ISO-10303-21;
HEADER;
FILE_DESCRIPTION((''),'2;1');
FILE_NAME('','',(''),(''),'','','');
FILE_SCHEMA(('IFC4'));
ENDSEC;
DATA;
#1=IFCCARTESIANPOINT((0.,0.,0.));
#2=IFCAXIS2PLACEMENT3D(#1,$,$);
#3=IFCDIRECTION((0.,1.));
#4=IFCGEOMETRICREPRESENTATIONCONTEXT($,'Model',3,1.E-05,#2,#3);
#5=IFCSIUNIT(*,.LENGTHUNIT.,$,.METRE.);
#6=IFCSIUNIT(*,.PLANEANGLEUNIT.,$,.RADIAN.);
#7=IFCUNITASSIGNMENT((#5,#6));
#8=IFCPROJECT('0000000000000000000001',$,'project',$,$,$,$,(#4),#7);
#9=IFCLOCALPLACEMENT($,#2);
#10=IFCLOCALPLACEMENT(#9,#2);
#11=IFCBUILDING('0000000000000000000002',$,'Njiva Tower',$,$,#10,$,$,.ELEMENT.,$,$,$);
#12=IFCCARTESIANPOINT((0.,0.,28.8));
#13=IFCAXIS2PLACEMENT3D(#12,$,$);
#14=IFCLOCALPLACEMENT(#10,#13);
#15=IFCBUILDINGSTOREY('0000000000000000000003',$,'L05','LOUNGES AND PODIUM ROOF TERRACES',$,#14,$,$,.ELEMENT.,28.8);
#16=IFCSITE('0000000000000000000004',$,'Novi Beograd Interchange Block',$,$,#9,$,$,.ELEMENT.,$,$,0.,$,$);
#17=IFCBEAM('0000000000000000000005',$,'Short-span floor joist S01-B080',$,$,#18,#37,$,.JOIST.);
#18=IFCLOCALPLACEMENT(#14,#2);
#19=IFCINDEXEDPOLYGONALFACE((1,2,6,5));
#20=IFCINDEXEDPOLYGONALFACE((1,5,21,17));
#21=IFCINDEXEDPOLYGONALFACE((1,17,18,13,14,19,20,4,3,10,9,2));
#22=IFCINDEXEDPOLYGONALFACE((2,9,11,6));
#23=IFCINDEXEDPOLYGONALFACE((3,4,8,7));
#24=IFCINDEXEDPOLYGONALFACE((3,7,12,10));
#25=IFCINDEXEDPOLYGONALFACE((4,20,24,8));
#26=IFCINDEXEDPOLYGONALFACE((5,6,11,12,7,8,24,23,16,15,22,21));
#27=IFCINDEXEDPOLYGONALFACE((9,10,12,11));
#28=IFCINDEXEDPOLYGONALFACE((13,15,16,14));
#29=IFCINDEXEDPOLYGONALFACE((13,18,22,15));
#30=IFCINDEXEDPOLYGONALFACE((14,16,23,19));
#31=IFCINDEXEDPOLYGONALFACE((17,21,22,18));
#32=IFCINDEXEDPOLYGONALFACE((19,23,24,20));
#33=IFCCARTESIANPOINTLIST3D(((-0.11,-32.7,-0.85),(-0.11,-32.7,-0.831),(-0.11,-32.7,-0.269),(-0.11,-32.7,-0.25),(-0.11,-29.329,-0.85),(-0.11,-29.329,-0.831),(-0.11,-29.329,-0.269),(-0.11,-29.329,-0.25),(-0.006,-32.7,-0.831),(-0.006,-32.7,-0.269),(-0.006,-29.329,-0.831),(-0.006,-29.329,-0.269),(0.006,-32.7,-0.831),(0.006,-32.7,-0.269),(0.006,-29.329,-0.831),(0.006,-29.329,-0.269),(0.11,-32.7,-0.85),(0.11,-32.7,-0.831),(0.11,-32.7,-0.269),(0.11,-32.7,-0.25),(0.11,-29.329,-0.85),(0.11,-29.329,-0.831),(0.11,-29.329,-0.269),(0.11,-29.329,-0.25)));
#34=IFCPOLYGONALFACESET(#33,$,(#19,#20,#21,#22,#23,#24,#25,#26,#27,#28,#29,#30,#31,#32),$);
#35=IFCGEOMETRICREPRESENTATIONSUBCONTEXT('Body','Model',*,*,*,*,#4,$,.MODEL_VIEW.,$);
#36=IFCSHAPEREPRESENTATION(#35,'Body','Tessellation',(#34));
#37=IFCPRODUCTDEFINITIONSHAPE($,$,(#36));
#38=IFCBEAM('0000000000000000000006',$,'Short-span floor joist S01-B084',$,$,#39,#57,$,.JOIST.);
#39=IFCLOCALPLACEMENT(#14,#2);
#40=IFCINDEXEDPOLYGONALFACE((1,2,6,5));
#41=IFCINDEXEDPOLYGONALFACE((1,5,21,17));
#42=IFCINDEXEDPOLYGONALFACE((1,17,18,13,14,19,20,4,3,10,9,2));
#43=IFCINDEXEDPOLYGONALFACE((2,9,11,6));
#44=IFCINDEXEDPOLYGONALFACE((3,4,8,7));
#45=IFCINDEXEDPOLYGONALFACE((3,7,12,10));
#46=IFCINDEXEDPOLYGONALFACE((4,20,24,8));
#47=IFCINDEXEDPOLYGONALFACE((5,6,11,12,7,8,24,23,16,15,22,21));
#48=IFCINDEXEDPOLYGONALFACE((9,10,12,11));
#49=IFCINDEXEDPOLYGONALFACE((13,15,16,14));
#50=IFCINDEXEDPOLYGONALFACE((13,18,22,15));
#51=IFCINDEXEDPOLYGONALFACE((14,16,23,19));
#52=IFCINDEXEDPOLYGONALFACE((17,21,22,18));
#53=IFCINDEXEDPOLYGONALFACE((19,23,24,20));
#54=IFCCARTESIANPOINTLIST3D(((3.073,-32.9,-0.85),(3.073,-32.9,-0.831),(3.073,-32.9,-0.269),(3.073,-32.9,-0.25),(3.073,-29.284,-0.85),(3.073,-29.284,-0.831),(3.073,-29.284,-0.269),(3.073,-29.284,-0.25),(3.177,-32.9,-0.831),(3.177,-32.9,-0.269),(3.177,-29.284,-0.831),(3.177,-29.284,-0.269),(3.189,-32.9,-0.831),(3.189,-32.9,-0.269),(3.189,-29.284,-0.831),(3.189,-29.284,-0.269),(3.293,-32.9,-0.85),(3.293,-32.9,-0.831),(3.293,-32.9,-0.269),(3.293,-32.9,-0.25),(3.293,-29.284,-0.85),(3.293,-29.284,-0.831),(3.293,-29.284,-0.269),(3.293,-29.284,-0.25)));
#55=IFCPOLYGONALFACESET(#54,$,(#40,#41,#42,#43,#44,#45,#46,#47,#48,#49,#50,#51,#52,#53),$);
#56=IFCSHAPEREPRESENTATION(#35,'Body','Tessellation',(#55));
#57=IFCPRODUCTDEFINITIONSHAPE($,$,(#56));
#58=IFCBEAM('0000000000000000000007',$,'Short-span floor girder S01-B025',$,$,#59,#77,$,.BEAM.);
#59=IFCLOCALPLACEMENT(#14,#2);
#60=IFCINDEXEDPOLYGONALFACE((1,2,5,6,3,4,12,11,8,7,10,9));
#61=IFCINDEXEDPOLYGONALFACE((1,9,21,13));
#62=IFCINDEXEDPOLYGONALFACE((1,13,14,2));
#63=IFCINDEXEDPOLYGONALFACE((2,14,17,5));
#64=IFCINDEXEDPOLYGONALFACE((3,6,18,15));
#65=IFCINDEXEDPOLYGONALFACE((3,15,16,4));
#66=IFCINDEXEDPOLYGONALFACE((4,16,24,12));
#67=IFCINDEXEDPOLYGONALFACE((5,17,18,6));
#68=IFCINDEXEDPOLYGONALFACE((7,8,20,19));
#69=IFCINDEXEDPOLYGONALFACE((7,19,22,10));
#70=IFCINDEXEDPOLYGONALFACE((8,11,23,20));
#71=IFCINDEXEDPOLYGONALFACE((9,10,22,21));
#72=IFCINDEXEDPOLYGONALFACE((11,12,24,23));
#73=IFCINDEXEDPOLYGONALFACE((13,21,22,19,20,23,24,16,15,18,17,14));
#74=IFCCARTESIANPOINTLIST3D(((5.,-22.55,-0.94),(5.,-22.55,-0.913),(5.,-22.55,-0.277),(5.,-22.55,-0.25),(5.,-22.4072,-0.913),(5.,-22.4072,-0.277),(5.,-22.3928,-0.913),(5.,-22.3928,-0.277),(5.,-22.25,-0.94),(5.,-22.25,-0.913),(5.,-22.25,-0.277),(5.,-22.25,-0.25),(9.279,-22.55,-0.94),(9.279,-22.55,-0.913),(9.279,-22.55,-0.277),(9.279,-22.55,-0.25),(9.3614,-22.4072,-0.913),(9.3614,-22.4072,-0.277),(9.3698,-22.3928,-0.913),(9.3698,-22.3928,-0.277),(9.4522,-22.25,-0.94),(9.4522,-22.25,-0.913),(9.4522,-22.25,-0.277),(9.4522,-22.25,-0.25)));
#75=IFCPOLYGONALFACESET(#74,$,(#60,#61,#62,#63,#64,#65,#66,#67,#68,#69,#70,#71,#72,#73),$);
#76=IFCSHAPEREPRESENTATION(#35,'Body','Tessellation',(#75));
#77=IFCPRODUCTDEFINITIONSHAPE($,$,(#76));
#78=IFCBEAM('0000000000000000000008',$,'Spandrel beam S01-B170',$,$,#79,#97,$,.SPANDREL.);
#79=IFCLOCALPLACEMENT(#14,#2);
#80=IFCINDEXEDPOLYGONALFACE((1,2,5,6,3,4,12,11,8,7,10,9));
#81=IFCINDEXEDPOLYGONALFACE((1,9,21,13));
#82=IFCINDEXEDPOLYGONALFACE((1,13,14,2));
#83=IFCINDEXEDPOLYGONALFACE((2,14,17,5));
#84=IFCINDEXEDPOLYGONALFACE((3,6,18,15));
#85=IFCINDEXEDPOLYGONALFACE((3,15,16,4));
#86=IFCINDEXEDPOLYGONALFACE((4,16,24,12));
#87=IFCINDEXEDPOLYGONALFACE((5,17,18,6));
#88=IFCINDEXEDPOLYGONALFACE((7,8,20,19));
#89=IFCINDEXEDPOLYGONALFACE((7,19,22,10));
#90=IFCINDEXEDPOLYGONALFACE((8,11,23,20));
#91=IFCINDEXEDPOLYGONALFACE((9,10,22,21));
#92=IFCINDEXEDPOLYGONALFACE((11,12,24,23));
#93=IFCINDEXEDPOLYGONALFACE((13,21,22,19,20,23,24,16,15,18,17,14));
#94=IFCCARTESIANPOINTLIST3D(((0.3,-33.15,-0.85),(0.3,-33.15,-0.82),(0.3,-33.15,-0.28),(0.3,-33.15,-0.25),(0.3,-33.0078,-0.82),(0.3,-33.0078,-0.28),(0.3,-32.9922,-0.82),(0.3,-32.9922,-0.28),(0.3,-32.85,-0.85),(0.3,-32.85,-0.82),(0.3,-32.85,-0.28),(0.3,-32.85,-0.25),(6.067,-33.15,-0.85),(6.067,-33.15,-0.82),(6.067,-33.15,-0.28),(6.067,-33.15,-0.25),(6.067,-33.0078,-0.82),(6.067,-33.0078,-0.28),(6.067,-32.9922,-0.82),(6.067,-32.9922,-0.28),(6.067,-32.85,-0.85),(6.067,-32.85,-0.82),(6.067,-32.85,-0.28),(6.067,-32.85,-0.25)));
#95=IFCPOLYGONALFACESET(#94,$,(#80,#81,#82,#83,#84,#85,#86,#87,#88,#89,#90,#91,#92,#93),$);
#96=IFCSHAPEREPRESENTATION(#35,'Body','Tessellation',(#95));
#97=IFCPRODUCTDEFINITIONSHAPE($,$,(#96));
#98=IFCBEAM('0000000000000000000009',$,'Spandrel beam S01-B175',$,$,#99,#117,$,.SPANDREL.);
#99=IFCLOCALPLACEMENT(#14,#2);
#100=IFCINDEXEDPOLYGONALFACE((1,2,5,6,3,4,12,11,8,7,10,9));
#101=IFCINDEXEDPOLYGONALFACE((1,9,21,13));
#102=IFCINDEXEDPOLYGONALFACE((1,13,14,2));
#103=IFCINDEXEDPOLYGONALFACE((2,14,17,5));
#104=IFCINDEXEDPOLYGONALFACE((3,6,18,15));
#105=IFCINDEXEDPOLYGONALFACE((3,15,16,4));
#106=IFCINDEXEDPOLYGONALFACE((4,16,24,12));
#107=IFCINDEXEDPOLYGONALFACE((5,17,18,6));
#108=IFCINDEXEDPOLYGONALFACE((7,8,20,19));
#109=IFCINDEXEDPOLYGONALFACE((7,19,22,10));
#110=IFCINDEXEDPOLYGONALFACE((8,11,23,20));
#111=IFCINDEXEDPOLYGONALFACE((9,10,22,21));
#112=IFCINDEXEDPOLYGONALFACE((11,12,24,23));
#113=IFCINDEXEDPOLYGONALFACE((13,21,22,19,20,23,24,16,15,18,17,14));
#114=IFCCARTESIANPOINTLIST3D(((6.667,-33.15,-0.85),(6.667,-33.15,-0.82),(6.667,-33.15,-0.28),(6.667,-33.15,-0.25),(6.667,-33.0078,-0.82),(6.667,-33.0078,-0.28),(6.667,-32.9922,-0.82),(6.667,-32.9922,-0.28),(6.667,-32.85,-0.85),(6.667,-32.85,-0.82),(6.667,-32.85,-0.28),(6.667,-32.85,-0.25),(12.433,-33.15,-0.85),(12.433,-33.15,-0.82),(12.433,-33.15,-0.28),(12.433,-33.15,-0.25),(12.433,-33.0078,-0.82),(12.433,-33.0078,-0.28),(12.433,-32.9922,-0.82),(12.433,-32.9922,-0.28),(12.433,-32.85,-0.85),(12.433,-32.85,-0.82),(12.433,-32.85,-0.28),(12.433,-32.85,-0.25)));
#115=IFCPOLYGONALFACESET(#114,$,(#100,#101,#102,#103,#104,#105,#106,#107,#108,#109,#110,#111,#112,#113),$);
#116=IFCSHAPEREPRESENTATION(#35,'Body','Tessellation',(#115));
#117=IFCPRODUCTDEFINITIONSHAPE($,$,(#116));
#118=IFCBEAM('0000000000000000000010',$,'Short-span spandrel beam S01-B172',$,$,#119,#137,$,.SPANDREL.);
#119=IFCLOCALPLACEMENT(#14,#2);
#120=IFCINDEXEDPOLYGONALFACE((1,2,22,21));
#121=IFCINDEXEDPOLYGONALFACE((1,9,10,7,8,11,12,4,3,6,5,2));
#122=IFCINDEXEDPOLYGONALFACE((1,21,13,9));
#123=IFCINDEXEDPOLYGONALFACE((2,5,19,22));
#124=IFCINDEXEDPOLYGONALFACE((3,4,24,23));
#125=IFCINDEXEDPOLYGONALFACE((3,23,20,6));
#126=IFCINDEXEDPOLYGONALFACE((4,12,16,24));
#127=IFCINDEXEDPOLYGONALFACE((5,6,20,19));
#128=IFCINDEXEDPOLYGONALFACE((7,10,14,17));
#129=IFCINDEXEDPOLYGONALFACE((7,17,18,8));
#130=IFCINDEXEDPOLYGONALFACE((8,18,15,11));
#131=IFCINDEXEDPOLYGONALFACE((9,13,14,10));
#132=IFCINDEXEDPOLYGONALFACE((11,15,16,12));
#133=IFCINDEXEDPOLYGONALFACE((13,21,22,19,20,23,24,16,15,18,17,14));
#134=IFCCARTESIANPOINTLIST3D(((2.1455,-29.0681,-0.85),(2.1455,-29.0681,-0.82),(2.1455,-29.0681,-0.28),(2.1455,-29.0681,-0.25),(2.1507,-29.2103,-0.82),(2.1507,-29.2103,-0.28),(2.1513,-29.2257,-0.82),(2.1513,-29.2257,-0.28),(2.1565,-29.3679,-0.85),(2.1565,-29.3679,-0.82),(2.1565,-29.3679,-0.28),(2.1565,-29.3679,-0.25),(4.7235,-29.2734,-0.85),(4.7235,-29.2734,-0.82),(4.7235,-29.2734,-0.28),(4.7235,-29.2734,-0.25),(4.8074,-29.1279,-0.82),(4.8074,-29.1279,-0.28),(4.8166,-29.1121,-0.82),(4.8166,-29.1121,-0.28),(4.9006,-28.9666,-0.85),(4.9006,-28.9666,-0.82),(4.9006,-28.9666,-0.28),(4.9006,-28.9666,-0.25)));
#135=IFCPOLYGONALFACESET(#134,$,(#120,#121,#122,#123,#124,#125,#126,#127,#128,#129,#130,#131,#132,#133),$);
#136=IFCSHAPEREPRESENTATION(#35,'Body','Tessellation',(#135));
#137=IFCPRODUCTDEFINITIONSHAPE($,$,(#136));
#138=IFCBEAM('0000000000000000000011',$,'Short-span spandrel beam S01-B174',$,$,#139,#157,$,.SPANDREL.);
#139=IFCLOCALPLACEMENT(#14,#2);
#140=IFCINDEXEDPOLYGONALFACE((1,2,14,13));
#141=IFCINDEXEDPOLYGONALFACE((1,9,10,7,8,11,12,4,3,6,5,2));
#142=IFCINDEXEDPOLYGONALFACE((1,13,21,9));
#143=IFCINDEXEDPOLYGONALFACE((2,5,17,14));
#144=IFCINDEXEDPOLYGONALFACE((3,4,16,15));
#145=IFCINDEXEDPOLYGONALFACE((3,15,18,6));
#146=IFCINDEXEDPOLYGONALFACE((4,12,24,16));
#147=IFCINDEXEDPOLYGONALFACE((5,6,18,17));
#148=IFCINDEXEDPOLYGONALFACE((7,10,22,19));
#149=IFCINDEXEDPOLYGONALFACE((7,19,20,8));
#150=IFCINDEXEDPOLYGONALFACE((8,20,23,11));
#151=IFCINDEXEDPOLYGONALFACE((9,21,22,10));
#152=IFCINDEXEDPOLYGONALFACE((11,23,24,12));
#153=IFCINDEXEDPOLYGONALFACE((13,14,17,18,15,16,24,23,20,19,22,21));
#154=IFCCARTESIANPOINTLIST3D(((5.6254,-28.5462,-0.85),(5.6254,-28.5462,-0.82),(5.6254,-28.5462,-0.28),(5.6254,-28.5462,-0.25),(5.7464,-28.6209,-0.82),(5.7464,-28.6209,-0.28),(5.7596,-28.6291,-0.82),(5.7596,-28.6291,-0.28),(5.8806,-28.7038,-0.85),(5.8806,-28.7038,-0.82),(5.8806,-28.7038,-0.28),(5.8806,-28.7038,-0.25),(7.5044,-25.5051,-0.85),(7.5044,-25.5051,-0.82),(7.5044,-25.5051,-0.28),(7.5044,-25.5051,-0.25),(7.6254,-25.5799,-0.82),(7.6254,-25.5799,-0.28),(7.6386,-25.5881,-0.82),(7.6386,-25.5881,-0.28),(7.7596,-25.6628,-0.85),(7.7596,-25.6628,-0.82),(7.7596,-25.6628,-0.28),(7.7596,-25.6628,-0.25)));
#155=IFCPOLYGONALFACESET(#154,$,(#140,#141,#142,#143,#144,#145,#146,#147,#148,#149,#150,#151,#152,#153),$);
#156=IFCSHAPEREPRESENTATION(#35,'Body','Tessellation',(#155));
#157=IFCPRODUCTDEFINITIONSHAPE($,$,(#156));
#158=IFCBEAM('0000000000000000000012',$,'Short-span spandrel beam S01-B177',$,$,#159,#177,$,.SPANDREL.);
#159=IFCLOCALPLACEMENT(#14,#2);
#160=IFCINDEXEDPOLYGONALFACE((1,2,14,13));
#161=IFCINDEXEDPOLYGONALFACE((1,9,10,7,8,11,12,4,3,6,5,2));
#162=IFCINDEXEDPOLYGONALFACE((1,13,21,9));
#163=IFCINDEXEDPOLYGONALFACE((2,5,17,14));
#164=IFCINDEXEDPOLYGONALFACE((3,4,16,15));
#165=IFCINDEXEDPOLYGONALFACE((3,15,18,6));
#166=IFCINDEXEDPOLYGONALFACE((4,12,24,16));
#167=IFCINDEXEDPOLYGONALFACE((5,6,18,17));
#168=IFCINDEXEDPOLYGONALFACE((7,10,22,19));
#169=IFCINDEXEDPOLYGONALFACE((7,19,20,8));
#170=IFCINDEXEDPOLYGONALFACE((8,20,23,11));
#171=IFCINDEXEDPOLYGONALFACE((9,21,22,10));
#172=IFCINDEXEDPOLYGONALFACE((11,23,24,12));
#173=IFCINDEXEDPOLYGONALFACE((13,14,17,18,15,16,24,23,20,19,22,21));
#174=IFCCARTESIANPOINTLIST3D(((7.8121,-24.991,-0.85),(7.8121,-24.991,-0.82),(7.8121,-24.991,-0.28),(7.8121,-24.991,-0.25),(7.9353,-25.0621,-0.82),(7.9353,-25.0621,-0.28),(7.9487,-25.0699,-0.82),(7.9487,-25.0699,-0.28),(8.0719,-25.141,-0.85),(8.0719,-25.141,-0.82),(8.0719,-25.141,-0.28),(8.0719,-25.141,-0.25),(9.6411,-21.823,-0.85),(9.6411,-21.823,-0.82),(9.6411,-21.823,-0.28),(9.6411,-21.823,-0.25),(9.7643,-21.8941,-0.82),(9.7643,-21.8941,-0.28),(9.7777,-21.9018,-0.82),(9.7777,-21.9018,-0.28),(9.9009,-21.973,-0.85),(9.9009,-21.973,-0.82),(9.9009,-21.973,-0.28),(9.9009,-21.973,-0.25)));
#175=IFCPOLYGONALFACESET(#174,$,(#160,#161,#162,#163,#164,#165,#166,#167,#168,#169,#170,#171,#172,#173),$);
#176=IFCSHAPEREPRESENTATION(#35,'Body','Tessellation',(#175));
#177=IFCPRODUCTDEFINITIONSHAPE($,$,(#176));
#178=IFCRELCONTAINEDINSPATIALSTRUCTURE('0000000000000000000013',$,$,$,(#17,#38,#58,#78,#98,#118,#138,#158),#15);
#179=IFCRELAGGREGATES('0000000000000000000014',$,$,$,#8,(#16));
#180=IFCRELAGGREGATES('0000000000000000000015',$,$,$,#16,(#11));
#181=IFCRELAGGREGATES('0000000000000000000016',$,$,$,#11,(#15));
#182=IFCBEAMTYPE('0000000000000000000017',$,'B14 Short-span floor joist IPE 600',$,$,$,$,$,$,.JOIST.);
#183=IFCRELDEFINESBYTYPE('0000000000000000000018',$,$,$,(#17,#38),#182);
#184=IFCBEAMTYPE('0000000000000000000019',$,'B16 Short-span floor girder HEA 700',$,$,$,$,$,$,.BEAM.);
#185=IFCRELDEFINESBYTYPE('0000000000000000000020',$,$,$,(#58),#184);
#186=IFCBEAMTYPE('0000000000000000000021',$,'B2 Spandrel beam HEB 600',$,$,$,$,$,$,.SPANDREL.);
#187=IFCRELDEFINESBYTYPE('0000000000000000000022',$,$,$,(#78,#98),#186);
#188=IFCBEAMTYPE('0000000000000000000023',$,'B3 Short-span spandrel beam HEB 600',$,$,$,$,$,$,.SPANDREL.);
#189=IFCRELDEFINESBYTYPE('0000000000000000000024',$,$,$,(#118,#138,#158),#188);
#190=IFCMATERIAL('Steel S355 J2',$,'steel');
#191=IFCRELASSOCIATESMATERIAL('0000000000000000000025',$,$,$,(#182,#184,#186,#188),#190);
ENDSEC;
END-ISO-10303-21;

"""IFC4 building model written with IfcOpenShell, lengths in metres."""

from ifc_helpers import new_model, si_unit, direction, frame, origin, origin_2d, place, context, subcontext, project, spatial, i_section, extrude, clip, halfspace, material, material_profile, profile_set, type_object, element, save


model = new_model("IFC4")

# Units and contexts
model_context = context("Model", 3, precision=1e-05, world=origin(), true_north=direction((0.0, 1.0)))
body_context = subcontext(model_context, "Body", "Model", "MODEL_VIEW")
ifc_project = project(units=[si_unit("LENGTHUNIT", "METRE"), si_unit("PLANEANGLEUNIT", "RADIAN")], contexts=[model_context])

# Site, building, storey
site_placement = place(None, origin())
site = spatial("IfcSite", under=ifc_project, at=site_placement, Name="Novi Beograd Interchange Block", CompositionType="ELEMENT", RefElevation=0.0)
building_placement = place(site_placement, origin())
building = spatial("IfcBuilding", under=site, at=building_placement, Name="Njiva Tower", CompositionType="ELEMENT")
storey_placement = place(building_placement, frame((0.0, 0.0, 28.8)))
storey = spatial("IfcBuildingStorey", under=building, at=storey_placement, Name="L05", Description="LOUNGES AND PODIUM ROOF TERRACES", CompositionType="ELEMENT", Elevation=28.8)

# Shared definitions
ifc_material_1 = material(Name="Steel S355 J2", Category="steel")

# Beams
ifc_material_profile_1 = material_profile(ifc_material_1, i_section(OverallWidth=0.22, OverallDepth=0.6, WebThickness=0.012, FlangeThickness=0.019, at=origin_2d()), Name="IPE 600")
ifc_profile_set_1 = profile_set([ifc_material_profile_1], Name="Steel S355 J2")
beam_type_1 = type_object("IfcBeamType", Name="B14 Short-span floor joist IPE 600", PredefinedType="JOIST", material=ifc_profile_set_1)
beam_1_placement = place(storey_placement, frame((0.0, -29.329, -0.55), z_axis=(0.0, -1.0, 0.0), x_axis=(1.0, 0.0, 0.0)))
element("IfcBeam", 1, at=beam_1_placement, inside=storey, type_object=beam_type_1, Name="Short-span floor joist S01-B080", PredefinedType="JOIST", context=body_context, shape_type="SweptSolid", body=[
    extrude(i_section(OverallWidth=0.22, OverallDepth=0.6, WebThickness=0.012, FlangeThickness=0.019, at=origin_2d()), origin(), (0.0, 0.0, 1.0), 3.371),
])
beam_2_placement = place(storey_placement, frame((3.183, -29.284, -0.55), z_axis=(0.0, -1.0, 0.0), x_axis=(1.0, 0.0, 0.0)))
element("IfcBeam", 2, at=beam_2_placement, inside=storey, type_object=beam_type_1, Name="Short-span floor joist S01-B084", PredefinedType="JOIST", context=body_context, shape_type="SweptSolid", body=[
    extrude(i_section(OverallWidth=0.22, OverallDepth=0.6, WebThickness=0.012, FlangeThickness=0.019, at=origin_2d()), origin(), (0.0, 0.0, 1.0), 3.616),
])
ifc_material_profile_2 = material_profile(ifc_material_1, i_section(OverallWidth=0.3, OverallDepth=0.69, WebThickness=0.0145, FlangeThickness=0.027, at=origin_2d()), Name="HEA 700")
ifc_profile_set_2 = profile_set([ifc_material_profile_2], Name="Steel S355 J2")
beam_type_2 = type_object("IfcBeamType", Name="B16 Short-span floor girder HEA 700", PredefinedType="BEAM", material=ifc_profile_set_2)
beam_3_placement = place(storey_placement, frame((5.0, -22.4, -0.595), z_axis=(1.0, 0.0, 0.0), x_axis=(0.0, 1.0, 0.0)))
element("IfcBeam", 3, at=beam_3_placement, inside=storey, type_object=beam_type_2, Name="Short-span floor girder S01-B025", PredefinedType="BEAM", context=body_context, shape_type="Clipping", body=[
    clip(extrude(i_section(OverallWidth=0.3, OverallDepth=0.69, WebThickness=0.0145, FlangeThickness=0.027, at=origin_2d()), origin(), (0.0, 0.0, 1.0), 4.473), halfspace(frame((-0.025, 0.0, 4.3512), z_axis=(-0.499998, 0.0, 0.866027), x_axis=(0.0, 1.0, 0.0)), False)),
])
ifc_material_profile_3 = material_profile(ifc_material_1, i_section(OverallWidth=0.3, OverallDepth=0.6, WebThickness=0.0155, FlangeThickness=0.03, at=origin_2d()), Name="HEB 600")
ifc_profile_set_3 = profile_set([ifc_material_profile_3], Name="Steel S355 J2")
beam_type_3 = type_object("IfcBeamType", Name="B2 Spandrel beam HEB 600", PredefinedType="SPANDREL", material=ifc_profile_set_3)
beam_4_placement = place(storey_placement, frame((0.3, -33.0, -0.55), z_axis=(1.0, 0.0, 0.0), x_axis=(0.0, 1.0, 0.0)))
element("IfcBeam", 4, at=beam_4_placement, inside=storey, type_object=beam_type_3, Name="Spandrel beam S01-B170", PredefinedType="SPANDREL", context=body_context, shape_type="SweptSolid", body=[
    extrude(i_section(OverallWidth=0.3, OverallDepth=0.6, WebThickness=0.0155, FlangeThickness=0.03, at=origin_2d()), origin(), (0.0, 0.0, 1.0), 5.767),
])
beam_5_placement = place(storey_placement, frame((6.667, -33.0, -0.55), z_axis=(1.0, 0.0, 0.0), x_axis=(0.0, 1.0, 0.0)))
element("IfcBeam", 5, at=beam_5_placement, inside=storey, type_object=beam_type_3, Name="Spandrel beam S01-B175", PredefinedType="SPANDREL", context=body_context, shape_type="SweptSolid", body=[
    extrude(i_section(OverallWidth=0.3, OverallDepth=0.6, WebThickness=0.0155, FlangeThickness=0.03, at=origin_2d()), origin(), (0.0, 0.0, 1.0), 5.766),
])
ifc_material_profile_4 = material_profile(ifc_material_1, i_section(OverallWidth=0.3, OverallDepth=0.6, WebThickness=0.0155, FlangeThickness=0.03, at=origin_2d()), Name="HEB 600")
ifc_profile_set_4 = profile_set([ifc_material_profile_4], Name="Steel S355 J2")
beam_type_4 = type_object("IfcBeamType", Name="B3 Short-span spandrel beam HEB 600", PredefinedType="SPANDREL", material=ifc_profile_set_4)
beam_6_placement = place(storey_placement, frame((2.151, -29.218, -0.55), z_axis=(0.999323, 0.036803, 0.0), x_axis=(-0.036803, 0.999323, 0.0)))
element("IfcBeam", 6, at=beam_6_placement, inside=storey, type_object=beam_type_4, Name="Short-span spandrel beam S01-B172", PredefinedType="SPANDREL", context=body_context, shape_type="Clipping", body=[
    clip(extrude(i_section(OverallWidth=0.3, OverallDepth=0.6, WebThickness=0.0155, FlangeThickness=0.03, at=origin_2d()), origin(), (0.0, 0.0, 1.0), 2.7768), halfspace(frame((-0.0268, 0.0, 2.646), z_axis=(-0.531532, 0.0, 0.847038), x_axis=(0.0, 1.0, 0.0)), False)),
])
beam_7_placement = place(storey_placement, frame((5.753, -28.625, -0.55), z_axis=(0.525642, 0.850706, 0.0), x_axis=(-0.850706, 0.525642, 0.0)))
element("IfcBeam", 7, at=beam_7_placement, inside=storey, type_object=beam_type_4, Name="Short-span spandrel beam S01-B174", PredefinedType="SPANDREL", context=body_context, shape_type="SweptSolid", body=[
    extrude(i_section(OverallWidth=0.3, OverallDepth=0.6, WebThickness=0.0155, FlangeThickness=0.03, at=origin_2d()), origin(), (0.0, 0.0, 1.0), 3.5747),
])
for number, where, z_axis, x_axis, name in (
    (8, (7.942, -25.066, -0.55), (0.499991, 0.866031, 0.0), (-0.866031, 0.499991, 0.0), "Short-span spandrel beam S01-B177"),
):
    element("IfcBeam", number, at=place(storey_placement, frame(where, z_axis=z_axis, x_axis=x_axis)), inside=storey, type_object=beam_type_4, Name=name, PredefinedType="SPANDREL", context=body_context, shape_type="SweptSolid", body=[
        extrude(i_section(OverallWidth=0.3, OverallDepth=0.6, WebThickness=0.0155, FlangeThickness=0.03, at=origin_2d()), origin(), (0.0, 0.0, 1.0), 3.6581),
    ])

save(model, "model.ifc")
